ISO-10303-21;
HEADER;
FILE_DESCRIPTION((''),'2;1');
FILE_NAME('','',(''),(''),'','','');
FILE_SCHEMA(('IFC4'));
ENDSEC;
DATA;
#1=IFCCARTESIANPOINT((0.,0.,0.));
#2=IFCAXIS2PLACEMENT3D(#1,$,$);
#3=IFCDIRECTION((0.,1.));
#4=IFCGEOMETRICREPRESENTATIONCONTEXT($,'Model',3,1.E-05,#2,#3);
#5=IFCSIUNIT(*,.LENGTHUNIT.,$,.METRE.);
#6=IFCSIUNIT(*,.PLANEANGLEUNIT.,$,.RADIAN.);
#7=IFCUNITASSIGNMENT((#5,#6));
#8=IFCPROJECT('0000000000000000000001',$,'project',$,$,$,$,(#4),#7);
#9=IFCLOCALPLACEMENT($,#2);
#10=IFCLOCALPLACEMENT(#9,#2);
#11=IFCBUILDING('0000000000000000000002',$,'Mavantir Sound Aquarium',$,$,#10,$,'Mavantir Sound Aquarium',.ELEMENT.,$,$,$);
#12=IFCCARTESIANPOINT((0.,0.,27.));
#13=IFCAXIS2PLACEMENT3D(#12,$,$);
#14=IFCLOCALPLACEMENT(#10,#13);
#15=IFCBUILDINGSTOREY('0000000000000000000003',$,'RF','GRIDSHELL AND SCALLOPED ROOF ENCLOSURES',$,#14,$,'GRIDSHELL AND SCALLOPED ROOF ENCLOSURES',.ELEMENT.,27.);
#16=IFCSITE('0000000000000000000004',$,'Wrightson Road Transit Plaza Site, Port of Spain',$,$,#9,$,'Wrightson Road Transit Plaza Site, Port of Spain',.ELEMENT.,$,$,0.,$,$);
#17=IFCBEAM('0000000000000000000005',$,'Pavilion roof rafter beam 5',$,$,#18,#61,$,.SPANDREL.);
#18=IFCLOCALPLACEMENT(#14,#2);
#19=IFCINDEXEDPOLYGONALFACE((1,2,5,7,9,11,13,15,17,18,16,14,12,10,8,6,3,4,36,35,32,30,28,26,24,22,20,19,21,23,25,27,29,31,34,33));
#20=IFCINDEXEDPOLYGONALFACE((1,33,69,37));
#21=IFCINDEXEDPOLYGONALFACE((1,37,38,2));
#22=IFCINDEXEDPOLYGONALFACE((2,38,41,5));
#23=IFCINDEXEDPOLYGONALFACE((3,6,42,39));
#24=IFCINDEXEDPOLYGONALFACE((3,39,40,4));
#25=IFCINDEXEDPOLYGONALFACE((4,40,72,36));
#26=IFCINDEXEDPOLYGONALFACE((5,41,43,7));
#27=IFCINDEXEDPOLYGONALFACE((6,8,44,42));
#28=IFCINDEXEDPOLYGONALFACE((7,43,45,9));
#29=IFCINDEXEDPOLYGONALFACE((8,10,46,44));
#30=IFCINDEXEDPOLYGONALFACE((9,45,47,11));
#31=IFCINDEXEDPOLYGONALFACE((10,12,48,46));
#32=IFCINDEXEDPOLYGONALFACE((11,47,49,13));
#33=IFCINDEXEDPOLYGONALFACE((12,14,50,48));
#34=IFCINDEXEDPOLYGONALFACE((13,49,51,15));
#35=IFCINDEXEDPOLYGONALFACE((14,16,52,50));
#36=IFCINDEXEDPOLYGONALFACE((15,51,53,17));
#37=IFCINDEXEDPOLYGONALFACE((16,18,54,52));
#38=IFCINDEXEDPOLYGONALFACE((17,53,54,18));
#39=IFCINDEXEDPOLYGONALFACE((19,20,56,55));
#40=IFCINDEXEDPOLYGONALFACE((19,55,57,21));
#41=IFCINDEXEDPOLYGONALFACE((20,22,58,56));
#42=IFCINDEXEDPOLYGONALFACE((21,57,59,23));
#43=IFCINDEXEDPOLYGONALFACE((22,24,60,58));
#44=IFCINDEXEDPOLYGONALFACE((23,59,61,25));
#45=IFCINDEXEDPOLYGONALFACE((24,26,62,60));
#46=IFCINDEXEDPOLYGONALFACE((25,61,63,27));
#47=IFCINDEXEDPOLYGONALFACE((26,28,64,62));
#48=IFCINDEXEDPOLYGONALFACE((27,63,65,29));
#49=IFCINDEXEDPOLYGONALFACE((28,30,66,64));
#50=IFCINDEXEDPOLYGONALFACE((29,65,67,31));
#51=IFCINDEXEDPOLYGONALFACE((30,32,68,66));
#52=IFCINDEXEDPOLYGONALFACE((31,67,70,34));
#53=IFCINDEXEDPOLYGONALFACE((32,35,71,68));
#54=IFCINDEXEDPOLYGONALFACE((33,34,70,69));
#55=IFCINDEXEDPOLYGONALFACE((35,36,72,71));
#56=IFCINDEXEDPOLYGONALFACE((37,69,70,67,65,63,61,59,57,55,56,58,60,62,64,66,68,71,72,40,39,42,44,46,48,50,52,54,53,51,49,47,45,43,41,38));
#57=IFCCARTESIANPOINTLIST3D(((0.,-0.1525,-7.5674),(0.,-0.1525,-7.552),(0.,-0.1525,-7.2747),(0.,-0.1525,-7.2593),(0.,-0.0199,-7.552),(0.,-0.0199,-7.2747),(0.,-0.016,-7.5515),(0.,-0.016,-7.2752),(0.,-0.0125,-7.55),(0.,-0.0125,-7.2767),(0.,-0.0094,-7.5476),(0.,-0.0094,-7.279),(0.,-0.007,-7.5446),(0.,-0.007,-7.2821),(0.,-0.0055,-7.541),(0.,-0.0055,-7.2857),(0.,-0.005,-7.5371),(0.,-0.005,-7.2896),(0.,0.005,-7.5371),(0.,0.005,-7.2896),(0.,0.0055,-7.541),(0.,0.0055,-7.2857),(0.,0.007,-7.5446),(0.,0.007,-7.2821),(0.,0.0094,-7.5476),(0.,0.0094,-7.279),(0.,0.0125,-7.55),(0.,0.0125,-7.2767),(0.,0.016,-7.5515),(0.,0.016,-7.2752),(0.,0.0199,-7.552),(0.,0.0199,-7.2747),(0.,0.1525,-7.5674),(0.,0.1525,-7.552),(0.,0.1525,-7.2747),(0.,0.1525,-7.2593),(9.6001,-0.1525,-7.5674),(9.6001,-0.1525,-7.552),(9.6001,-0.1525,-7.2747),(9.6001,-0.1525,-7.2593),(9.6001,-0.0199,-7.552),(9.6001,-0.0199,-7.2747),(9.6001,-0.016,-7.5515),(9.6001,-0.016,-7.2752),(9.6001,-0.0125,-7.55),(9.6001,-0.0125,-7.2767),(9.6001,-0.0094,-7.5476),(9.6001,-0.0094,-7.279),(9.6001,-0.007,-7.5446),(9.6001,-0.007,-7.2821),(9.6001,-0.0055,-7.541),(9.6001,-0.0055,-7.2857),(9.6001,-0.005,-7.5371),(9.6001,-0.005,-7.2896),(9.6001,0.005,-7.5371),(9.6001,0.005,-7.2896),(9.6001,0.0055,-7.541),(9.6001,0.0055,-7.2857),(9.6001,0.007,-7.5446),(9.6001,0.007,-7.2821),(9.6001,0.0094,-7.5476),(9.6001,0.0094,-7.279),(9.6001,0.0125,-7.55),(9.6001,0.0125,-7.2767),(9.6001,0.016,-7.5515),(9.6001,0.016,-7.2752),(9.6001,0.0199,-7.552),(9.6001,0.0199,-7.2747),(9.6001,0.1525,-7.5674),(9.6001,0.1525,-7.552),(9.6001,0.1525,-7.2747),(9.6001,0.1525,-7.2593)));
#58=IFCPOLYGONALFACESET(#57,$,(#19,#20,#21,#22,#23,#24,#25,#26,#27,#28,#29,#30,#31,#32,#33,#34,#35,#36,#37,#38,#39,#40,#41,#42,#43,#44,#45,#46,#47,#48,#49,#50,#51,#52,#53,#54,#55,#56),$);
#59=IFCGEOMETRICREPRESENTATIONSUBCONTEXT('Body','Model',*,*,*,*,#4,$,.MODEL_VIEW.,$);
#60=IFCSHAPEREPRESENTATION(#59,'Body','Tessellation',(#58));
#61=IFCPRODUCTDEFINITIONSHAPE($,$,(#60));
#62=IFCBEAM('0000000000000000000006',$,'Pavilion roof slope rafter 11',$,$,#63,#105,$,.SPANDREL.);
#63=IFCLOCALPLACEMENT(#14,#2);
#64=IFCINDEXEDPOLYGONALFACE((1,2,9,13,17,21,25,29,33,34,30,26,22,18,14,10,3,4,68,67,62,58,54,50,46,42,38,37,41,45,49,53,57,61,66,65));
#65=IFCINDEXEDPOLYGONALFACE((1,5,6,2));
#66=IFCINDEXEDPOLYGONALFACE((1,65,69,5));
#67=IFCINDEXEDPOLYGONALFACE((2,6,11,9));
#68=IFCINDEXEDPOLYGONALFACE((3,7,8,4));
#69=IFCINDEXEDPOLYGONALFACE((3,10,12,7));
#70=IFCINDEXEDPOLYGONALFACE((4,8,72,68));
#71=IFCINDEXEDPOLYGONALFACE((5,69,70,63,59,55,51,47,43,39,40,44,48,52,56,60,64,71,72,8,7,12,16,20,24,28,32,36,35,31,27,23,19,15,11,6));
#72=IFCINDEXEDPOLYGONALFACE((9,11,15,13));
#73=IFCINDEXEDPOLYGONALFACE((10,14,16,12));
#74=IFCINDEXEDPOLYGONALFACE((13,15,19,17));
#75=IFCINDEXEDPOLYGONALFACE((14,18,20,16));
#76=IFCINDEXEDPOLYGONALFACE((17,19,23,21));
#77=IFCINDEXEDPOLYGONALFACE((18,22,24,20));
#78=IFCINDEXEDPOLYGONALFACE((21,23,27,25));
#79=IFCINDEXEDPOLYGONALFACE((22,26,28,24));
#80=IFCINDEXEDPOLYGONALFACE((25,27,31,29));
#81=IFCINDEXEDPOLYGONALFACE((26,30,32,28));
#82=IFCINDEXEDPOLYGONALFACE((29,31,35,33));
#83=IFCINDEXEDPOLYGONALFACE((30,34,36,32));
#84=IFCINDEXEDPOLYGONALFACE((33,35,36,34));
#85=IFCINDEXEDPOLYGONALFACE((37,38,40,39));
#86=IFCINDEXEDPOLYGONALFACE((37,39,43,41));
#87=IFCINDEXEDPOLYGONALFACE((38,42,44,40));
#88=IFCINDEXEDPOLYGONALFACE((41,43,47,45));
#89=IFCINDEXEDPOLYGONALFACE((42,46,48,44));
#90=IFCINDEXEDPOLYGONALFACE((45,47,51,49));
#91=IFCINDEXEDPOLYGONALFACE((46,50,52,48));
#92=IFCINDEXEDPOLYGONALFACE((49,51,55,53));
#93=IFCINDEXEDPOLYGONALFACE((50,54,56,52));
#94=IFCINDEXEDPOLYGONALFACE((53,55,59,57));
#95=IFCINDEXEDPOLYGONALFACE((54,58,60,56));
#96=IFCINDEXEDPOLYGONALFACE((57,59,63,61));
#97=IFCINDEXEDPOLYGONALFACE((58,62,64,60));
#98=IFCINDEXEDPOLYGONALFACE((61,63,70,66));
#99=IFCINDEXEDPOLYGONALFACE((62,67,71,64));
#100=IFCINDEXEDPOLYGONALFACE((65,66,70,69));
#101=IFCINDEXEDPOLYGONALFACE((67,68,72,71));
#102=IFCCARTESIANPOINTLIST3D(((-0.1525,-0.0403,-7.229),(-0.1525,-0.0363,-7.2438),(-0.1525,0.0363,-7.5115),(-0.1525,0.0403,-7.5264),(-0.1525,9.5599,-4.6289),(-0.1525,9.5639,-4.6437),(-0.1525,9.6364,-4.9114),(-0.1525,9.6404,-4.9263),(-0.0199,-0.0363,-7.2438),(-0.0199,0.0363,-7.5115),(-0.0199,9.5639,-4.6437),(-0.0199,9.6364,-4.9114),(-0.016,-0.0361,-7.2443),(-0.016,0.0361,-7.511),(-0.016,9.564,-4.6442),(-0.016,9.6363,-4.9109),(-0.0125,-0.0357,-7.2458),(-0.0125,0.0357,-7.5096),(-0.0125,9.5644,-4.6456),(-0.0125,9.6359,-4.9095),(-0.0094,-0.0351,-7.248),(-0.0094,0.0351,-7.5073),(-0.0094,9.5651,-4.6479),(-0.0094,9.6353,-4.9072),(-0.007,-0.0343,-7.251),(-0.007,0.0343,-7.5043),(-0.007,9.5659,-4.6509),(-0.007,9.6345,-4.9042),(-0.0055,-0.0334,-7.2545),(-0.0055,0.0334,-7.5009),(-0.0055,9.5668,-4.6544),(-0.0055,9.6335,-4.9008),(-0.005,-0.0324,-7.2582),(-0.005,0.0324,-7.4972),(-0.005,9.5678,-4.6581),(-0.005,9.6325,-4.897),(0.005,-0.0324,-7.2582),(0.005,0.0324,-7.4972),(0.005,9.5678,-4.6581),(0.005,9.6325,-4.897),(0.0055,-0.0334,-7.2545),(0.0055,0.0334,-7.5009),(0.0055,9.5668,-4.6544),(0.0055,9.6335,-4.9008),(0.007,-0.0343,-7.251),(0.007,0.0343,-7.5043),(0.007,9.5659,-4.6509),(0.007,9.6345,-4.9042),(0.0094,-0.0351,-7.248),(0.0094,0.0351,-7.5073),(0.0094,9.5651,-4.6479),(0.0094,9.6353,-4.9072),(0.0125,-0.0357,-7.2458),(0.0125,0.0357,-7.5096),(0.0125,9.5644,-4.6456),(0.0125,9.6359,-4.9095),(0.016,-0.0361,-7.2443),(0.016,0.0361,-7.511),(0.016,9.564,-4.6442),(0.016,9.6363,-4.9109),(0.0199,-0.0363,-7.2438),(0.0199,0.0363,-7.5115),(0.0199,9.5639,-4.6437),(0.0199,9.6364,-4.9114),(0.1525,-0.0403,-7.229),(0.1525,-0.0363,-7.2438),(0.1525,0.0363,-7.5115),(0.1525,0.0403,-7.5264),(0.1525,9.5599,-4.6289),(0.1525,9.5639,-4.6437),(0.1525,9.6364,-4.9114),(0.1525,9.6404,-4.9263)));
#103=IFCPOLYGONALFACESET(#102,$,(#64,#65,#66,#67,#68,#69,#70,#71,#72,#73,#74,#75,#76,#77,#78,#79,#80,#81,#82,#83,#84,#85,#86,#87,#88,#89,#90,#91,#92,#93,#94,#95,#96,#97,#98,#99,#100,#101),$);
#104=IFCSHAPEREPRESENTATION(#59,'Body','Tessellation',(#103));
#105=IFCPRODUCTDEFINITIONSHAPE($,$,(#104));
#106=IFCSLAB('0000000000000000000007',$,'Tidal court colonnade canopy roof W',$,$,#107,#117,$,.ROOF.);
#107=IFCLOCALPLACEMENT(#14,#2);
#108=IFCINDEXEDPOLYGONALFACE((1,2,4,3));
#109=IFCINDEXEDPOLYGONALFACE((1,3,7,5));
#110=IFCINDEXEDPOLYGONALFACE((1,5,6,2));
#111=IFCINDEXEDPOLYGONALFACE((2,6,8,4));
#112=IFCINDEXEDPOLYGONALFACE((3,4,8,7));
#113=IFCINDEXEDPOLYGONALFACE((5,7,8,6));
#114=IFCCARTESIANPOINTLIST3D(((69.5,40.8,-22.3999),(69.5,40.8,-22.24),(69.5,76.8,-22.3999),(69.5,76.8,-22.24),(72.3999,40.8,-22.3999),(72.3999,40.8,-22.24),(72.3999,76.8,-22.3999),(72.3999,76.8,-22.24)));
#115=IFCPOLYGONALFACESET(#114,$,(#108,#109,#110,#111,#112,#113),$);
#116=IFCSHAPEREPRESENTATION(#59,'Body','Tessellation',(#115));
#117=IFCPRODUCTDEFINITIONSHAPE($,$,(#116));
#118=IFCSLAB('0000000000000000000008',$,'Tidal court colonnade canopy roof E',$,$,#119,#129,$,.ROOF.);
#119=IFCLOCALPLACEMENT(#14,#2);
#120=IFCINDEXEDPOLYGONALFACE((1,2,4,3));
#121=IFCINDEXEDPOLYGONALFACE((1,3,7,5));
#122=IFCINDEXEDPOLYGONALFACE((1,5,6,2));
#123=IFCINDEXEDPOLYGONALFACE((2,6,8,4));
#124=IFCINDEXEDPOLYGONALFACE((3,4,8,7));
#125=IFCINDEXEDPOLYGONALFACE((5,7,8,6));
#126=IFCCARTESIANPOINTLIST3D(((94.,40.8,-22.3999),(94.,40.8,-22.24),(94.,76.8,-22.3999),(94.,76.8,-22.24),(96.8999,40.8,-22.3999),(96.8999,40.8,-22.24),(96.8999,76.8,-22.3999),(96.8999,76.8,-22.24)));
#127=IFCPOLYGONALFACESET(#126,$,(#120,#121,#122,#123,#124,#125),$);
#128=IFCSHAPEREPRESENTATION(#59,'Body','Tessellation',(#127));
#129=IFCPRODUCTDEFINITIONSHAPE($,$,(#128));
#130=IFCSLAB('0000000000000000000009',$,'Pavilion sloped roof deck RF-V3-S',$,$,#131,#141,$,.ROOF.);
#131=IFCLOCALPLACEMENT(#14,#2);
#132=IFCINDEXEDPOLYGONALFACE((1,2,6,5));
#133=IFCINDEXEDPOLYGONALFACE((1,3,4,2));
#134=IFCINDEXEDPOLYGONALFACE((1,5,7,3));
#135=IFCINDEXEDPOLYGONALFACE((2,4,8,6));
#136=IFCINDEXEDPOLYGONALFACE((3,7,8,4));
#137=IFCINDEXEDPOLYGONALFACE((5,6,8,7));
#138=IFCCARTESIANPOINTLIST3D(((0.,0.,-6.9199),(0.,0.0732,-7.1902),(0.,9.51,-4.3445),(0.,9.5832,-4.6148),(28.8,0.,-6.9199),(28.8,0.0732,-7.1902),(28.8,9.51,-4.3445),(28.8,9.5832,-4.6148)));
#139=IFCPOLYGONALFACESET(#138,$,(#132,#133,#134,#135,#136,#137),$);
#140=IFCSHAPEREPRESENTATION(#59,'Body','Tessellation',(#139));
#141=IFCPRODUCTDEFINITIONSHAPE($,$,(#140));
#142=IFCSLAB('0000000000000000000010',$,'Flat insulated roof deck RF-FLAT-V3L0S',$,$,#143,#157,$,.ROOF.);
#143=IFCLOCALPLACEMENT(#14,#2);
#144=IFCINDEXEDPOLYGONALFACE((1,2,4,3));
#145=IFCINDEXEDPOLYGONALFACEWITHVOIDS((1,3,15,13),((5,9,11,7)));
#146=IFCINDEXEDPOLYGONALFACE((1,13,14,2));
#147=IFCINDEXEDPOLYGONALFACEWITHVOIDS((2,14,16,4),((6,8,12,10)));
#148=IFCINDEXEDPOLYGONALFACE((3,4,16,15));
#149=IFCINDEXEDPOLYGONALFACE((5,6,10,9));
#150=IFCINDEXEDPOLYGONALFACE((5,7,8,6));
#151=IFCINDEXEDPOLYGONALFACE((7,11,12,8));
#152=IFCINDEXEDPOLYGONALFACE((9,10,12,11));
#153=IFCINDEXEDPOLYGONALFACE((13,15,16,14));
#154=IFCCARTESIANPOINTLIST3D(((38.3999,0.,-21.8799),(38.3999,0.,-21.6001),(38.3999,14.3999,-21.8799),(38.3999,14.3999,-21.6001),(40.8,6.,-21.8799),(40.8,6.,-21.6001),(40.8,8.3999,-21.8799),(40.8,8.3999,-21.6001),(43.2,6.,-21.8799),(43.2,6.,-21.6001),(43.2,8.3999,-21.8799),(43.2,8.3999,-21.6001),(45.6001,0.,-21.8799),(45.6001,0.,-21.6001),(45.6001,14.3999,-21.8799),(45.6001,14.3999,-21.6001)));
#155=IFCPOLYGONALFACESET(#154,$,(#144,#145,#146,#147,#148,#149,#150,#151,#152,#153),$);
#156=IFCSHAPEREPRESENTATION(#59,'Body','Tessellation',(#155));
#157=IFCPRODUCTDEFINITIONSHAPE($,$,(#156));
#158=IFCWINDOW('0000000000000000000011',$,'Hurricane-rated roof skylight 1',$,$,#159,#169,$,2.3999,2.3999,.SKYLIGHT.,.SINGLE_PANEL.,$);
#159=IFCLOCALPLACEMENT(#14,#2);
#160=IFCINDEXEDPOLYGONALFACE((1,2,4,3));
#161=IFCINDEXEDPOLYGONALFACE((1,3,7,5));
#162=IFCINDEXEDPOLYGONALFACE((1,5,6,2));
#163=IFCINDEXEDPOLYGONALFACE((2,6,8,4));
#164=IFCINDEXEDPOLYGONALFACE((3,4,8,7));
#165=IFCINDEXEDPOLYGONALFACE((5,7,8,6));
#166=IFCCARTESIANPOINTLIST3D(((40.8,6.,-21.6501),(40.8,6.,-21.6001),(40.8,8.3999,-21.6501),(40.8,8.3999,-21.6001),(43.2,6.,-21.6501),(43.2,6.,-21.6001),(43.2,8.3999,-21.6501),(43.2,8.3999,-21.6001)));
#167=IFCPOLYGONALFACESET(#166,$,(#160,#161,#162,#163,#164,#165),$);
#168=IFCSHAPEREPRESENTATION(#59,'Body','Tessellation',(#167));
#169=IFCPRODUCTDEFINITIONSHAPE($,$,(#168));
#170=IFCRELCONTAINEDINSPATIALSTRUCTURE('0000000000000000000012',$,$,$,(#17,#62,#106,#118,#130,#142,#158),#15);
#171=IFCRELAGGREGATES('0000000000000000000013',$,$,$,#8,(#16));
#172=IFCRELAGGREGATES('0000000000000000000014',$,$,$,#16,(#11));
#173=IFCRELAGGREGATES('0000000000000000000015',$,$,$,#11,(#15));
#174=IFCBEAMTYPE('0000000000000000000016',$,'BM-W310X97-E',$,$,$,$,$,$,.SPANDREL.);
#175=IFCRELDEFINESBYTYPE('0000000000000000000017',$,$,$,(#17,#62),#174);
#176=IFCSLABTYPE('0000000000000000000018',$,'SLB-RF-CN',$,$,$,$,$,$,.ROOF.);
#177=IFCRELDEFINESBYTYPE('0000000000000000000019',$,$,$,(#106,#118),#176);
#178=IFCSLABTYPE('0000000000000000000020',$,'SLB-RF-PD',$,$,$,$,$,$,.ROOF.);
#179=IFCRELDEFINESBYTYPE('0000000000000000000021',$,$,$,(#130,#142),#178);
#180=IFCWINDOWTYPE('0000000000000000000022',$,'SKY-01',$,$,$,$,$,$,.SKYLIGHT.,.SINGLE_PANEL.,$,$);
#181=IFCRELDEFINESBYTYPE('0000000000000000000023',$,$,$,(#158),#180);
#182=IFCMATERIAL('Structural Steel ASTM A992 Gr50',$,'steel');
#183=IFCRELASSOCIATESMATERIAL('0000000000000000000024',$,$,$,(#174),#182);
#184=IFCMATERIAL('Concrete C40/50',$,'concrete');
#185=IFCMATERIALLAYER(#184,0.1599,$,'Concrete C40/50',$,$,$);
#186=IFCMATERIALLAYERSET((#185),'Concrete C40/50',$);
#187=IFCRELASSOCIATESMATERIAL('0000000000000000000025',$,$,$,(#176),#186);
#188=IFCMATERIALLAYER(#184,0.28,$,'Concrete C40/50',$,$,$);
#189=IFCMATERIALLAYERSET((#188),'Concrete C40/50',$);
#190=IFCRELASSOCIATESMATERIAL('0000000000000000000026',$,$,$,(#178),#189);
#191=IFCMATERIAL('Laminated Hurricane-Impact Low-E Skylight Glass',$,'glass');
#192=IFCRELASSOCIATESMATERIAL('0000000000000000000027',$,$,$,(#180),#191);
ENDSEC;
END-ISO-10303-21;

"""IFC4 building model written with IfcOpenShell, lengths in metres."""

from ifc_helpers import new_model, si_unit, direction, frame, origin, origin_2d, place, context, subcontext, project, spatial, polyline, rectangle, i_section, outline, extrude, material, layer, layer_set, material_profile, profile_set, type_object, element, fill, save


model = new_model("IFC4")

# Units and contexts
model_context = context("Model", 3, precision=1e-05, world=origin(), true_north=direction((0.0, 1.0)))
body_context = subcontext(model_context, "Body", "Model", "MODEL_VIEW")
ifc_project = project(units=[si_unit("LENGTHUNIT", "METRE"), si_unit("PLANEANGLEUNIT", "RADIAN")], contexts=[model_context])

# Site, building, storey
site_placement = place(None, origin())
site = spatial("IfcSite", under=ifc_project, at=site_placement, Name="Wrightson Road Transit Plaza Site, Port of Spain", LongName="Wrightson Road Transit Plaza Site, Port of Spain", CompositionType="ELEMENT", RefElevation=0.0)
building_placement = place(site_placement, origin())
building = spatial("IfcBuilding", under=site, at=building_placement, Name="Mavantir Sound Aquarium", LongName="Mavantir Sound Aquarium", CompositionType="ELEMENT")
storey_placement = place(building_placement, frame((0.0, 0.0, 27.0)))
storey = spatial("IfcBuildingStorey", under=building, at=storey_placement, Name="RF", Description="GRIDSHELL AND SCALLOPED ROOF ENCLOSURES", LongName="GRIDSHELL AND SCALLOPED ROOF ENCLOSURES", CompositionType="ELEMENT", Elevation=27.0)

# Beams
ifc_material_1 = material(Name="Structural Steel ASTM A992 Gr50", Category="steel")
ifc_material_profile = material_profile(ifc_material_1, i_section(OverallWidth=0.3049, OverallDepth=0.3081, WebThickness=0.01, FlangeThickness=0.0154, FilletRadius=0.0149, at=origin_2d()), Name="W310X97")
ifc_profile_set = profile_set([ifc_material_profile], Name="Structural Steel ASTM A992 Gr50")
beam_type = type_object("IfcBeamType", Name="BM-W310X97-E", PredefinedType="SPANDREL", material=ifc_profile_set)
beam_1_placement = place(storey_placement, frame((0.0, 0.0, -7.4133), z_axis=(1.0, 0.0, 0.0), x_axis=(0.0, 1.0, 0.0)))
element("IfcBeam", 1, at=beam_1_placement, inside=storey, type_object=beam_type, Name="Pavilion roof rafter beam 5", PredefinedType="SPANDREL", context=body_context, shape_type="SweptSolid", body=[
    extrude(i_section(OverallWidth=0.3049, OverallDepth=0.3081, WebThickness=0.01, FlangeThickness=0.0154, FilletRadius=0.0149, at=origin_2d()), origin(), (0.0, 0.0, 1.0), 9.6001),
])
beam_2_placement = place(storey_placement, frame((0.0, 0.0, -7.3777), z_axis=(0.0, 0.965225, 0.261422), x_axis=(-1.0, 0.0, 0.0)))
element("IfcBeam", 2, at=beam_2_placement, inside=storey, type_object=beam_type, Name="Pavilion roof slope rafter 11", PredefinedType="SPANDREL", context=body_context, shape_type="SweptSolid", body=[
    extrude(i_section(OverallWidth=0.3049, OverallDepth=0.3081, WebThickness=0.01, FlangeThickness=0.0154, FilletRadius=0.0149, at=origin_2d()), origin(), (0.0, 0.0, 1.0), 9.946),
])

# Slabs
ifc_material_2 = material(Name="Concrete C40/50", Category="concrete")
ifc_layer_1 = layer(ifc_material_2, 0.1599, Name="Concrete C40/50")
ifc_layer_set_1 = layer_set([ifc_layer_1], Name="Concrete C40/50")
slab_type_1 = type_object("IfcSlabType", Name="SLB-RF-CN", PredefinedType="ROOF", material=ifc_layer_set_1)
slab_1_placement = place(storey_placement, frame((0.0, 0.0, -22.3999)))
element("IfcSlab", 3, at=slab_1_placement, inside=storey, type_object=slab_type_1, Name="Tidal court colonnade canopy roof W", PredefinedType="ROOF", context=body_context, shape_type="SweptSolid", body=[
    extrude(outline(polyline([(69.5, 40.8), (72.3999, 40.8), (72.3999, 76.8), (69.5, 76.8), (69.5, 40.8)])), origin(), (0.0, 0.0, 1.0), 0.1599),
])
slab_2_placement = place(storey_placement, frame((0.0, 0.0, -22.3999)))
element("IfcSlab", 4, at=slab_2_placement, inside=storey, type_object=slab_type_1, Name="Tidal court colonnade canopy roof E", PredefinedType="ROOF", context=body_context, shape_type="SweptSolid", body=[
    extrude(outline(polyline([(94.0, 40.8), (96.8999, 40.8), (96.8999, 76.8), (94.0, 76.8), (94.0, 40.8)])), origin(), (0.0, 0.0, 1.0), 0.1599),
])
ifc_layer_2 = layer(ifc_material_2, 0.28, Name="Concrete C40/50")
ifc_layer_set_2 = layer_set([ifc_layer_2], Name="Concrete C40/50")
slab_type_2 = type_object("IfcSlabType", Name="SLB-RF-PD", PredefinedType="ROOF", material=ifc_layer_set_2)
slab_3_placement = place(storey_placement, frame((0.0, 0.0, -6.9199), z_axis=(0.0, -0.261398, 0.965231), x_axis=(1.0, 0.0, 0.0)))
element("IfcSlab", 5, at=slab_3_placement, inside=storey, type_object=slab_type_2, Name="Pavilion sloped roof deck RF-V3-S", PredefinedType="ROOF", context=body_context, shape_type="SweptSolid", body=[
    extrude(outline(polyline([(0.0, 0.0), (28.8, 0.0), (28.8, 9.8526), (0.0, 9.8526), (0.0, 0.0)])), origin(), (0.0, 0.0, -1.0), 0.28),
])

# Slab, opening, window
slab_4_placement = place(storey_placement, frame((0.0, 0.0, -21.8799)))
slab_4 = element("IfcSlab", 6, at=slab_4_placement, inside=storey, type_object=slab_type_2, Name="Flat insulated roof deck RF-FLAT-V3L0S", PredefinedType="ROOF", context=body_context, shape_type="SweptSolid", body=[
    extrude(outline(polyline([(38.3999, 0.0), (45.6001, 0.0), (45.6001, 14.3999), (38.3999, 14.3999), (38.3999, 0.0)])), origin(), (0.0, 0.0, 1.0), 0.2798),
])
opening_1_placement = place(slab_4_placement, frame((42.0, 7.2, -0.01)))
opening_1 = element("IfcOpeningElement", 7, at=opening_1_placement, cuts=slab_4, PredefinedType="OPENING", context=body_context, shape_type="SweptSolid", body=[
    extrude(rectangle(XDim=2.3999, YDim=2.3999, at=origin_2d()), origin(), (0.0, 0.0, 1.0), 0.2998),
])
ifc_material_3 = material(Name="Laminated Hurricane-Impact Low-E Skylight Glass", Category="glass")
window_type_1 = type_object("IfcWindowType", Name="SKY-01", PartitioningType="SINGLE_PANEL", PredefinedType="SKYLIGHT", material=ifc_material_3)
window_1_placement = place(slab_4_placement, frame((42.0, 7.2, 0.2297)))
window_1 = element("IfcWindow", 8, at=window_1_placement, inside=storey, type_object=window_type_1, Name="Hurricane-rated roof skylight 1", OverallHeight=2.3999, OverallWidth=2.3999, PartitioningType="SINGLE_PANEL", PredefinedType="SKYLIGHT", context=body_context, shape_type="SweptSolid", body=[
    extrude(rectangle(XDim=2.3999, YDim=2.3999, at=origin_2d()), origin(), (0.0, 0.0, 1.0), 0.05),
])
fill(opening_1, window_1)

save(model, "model.ifc")
